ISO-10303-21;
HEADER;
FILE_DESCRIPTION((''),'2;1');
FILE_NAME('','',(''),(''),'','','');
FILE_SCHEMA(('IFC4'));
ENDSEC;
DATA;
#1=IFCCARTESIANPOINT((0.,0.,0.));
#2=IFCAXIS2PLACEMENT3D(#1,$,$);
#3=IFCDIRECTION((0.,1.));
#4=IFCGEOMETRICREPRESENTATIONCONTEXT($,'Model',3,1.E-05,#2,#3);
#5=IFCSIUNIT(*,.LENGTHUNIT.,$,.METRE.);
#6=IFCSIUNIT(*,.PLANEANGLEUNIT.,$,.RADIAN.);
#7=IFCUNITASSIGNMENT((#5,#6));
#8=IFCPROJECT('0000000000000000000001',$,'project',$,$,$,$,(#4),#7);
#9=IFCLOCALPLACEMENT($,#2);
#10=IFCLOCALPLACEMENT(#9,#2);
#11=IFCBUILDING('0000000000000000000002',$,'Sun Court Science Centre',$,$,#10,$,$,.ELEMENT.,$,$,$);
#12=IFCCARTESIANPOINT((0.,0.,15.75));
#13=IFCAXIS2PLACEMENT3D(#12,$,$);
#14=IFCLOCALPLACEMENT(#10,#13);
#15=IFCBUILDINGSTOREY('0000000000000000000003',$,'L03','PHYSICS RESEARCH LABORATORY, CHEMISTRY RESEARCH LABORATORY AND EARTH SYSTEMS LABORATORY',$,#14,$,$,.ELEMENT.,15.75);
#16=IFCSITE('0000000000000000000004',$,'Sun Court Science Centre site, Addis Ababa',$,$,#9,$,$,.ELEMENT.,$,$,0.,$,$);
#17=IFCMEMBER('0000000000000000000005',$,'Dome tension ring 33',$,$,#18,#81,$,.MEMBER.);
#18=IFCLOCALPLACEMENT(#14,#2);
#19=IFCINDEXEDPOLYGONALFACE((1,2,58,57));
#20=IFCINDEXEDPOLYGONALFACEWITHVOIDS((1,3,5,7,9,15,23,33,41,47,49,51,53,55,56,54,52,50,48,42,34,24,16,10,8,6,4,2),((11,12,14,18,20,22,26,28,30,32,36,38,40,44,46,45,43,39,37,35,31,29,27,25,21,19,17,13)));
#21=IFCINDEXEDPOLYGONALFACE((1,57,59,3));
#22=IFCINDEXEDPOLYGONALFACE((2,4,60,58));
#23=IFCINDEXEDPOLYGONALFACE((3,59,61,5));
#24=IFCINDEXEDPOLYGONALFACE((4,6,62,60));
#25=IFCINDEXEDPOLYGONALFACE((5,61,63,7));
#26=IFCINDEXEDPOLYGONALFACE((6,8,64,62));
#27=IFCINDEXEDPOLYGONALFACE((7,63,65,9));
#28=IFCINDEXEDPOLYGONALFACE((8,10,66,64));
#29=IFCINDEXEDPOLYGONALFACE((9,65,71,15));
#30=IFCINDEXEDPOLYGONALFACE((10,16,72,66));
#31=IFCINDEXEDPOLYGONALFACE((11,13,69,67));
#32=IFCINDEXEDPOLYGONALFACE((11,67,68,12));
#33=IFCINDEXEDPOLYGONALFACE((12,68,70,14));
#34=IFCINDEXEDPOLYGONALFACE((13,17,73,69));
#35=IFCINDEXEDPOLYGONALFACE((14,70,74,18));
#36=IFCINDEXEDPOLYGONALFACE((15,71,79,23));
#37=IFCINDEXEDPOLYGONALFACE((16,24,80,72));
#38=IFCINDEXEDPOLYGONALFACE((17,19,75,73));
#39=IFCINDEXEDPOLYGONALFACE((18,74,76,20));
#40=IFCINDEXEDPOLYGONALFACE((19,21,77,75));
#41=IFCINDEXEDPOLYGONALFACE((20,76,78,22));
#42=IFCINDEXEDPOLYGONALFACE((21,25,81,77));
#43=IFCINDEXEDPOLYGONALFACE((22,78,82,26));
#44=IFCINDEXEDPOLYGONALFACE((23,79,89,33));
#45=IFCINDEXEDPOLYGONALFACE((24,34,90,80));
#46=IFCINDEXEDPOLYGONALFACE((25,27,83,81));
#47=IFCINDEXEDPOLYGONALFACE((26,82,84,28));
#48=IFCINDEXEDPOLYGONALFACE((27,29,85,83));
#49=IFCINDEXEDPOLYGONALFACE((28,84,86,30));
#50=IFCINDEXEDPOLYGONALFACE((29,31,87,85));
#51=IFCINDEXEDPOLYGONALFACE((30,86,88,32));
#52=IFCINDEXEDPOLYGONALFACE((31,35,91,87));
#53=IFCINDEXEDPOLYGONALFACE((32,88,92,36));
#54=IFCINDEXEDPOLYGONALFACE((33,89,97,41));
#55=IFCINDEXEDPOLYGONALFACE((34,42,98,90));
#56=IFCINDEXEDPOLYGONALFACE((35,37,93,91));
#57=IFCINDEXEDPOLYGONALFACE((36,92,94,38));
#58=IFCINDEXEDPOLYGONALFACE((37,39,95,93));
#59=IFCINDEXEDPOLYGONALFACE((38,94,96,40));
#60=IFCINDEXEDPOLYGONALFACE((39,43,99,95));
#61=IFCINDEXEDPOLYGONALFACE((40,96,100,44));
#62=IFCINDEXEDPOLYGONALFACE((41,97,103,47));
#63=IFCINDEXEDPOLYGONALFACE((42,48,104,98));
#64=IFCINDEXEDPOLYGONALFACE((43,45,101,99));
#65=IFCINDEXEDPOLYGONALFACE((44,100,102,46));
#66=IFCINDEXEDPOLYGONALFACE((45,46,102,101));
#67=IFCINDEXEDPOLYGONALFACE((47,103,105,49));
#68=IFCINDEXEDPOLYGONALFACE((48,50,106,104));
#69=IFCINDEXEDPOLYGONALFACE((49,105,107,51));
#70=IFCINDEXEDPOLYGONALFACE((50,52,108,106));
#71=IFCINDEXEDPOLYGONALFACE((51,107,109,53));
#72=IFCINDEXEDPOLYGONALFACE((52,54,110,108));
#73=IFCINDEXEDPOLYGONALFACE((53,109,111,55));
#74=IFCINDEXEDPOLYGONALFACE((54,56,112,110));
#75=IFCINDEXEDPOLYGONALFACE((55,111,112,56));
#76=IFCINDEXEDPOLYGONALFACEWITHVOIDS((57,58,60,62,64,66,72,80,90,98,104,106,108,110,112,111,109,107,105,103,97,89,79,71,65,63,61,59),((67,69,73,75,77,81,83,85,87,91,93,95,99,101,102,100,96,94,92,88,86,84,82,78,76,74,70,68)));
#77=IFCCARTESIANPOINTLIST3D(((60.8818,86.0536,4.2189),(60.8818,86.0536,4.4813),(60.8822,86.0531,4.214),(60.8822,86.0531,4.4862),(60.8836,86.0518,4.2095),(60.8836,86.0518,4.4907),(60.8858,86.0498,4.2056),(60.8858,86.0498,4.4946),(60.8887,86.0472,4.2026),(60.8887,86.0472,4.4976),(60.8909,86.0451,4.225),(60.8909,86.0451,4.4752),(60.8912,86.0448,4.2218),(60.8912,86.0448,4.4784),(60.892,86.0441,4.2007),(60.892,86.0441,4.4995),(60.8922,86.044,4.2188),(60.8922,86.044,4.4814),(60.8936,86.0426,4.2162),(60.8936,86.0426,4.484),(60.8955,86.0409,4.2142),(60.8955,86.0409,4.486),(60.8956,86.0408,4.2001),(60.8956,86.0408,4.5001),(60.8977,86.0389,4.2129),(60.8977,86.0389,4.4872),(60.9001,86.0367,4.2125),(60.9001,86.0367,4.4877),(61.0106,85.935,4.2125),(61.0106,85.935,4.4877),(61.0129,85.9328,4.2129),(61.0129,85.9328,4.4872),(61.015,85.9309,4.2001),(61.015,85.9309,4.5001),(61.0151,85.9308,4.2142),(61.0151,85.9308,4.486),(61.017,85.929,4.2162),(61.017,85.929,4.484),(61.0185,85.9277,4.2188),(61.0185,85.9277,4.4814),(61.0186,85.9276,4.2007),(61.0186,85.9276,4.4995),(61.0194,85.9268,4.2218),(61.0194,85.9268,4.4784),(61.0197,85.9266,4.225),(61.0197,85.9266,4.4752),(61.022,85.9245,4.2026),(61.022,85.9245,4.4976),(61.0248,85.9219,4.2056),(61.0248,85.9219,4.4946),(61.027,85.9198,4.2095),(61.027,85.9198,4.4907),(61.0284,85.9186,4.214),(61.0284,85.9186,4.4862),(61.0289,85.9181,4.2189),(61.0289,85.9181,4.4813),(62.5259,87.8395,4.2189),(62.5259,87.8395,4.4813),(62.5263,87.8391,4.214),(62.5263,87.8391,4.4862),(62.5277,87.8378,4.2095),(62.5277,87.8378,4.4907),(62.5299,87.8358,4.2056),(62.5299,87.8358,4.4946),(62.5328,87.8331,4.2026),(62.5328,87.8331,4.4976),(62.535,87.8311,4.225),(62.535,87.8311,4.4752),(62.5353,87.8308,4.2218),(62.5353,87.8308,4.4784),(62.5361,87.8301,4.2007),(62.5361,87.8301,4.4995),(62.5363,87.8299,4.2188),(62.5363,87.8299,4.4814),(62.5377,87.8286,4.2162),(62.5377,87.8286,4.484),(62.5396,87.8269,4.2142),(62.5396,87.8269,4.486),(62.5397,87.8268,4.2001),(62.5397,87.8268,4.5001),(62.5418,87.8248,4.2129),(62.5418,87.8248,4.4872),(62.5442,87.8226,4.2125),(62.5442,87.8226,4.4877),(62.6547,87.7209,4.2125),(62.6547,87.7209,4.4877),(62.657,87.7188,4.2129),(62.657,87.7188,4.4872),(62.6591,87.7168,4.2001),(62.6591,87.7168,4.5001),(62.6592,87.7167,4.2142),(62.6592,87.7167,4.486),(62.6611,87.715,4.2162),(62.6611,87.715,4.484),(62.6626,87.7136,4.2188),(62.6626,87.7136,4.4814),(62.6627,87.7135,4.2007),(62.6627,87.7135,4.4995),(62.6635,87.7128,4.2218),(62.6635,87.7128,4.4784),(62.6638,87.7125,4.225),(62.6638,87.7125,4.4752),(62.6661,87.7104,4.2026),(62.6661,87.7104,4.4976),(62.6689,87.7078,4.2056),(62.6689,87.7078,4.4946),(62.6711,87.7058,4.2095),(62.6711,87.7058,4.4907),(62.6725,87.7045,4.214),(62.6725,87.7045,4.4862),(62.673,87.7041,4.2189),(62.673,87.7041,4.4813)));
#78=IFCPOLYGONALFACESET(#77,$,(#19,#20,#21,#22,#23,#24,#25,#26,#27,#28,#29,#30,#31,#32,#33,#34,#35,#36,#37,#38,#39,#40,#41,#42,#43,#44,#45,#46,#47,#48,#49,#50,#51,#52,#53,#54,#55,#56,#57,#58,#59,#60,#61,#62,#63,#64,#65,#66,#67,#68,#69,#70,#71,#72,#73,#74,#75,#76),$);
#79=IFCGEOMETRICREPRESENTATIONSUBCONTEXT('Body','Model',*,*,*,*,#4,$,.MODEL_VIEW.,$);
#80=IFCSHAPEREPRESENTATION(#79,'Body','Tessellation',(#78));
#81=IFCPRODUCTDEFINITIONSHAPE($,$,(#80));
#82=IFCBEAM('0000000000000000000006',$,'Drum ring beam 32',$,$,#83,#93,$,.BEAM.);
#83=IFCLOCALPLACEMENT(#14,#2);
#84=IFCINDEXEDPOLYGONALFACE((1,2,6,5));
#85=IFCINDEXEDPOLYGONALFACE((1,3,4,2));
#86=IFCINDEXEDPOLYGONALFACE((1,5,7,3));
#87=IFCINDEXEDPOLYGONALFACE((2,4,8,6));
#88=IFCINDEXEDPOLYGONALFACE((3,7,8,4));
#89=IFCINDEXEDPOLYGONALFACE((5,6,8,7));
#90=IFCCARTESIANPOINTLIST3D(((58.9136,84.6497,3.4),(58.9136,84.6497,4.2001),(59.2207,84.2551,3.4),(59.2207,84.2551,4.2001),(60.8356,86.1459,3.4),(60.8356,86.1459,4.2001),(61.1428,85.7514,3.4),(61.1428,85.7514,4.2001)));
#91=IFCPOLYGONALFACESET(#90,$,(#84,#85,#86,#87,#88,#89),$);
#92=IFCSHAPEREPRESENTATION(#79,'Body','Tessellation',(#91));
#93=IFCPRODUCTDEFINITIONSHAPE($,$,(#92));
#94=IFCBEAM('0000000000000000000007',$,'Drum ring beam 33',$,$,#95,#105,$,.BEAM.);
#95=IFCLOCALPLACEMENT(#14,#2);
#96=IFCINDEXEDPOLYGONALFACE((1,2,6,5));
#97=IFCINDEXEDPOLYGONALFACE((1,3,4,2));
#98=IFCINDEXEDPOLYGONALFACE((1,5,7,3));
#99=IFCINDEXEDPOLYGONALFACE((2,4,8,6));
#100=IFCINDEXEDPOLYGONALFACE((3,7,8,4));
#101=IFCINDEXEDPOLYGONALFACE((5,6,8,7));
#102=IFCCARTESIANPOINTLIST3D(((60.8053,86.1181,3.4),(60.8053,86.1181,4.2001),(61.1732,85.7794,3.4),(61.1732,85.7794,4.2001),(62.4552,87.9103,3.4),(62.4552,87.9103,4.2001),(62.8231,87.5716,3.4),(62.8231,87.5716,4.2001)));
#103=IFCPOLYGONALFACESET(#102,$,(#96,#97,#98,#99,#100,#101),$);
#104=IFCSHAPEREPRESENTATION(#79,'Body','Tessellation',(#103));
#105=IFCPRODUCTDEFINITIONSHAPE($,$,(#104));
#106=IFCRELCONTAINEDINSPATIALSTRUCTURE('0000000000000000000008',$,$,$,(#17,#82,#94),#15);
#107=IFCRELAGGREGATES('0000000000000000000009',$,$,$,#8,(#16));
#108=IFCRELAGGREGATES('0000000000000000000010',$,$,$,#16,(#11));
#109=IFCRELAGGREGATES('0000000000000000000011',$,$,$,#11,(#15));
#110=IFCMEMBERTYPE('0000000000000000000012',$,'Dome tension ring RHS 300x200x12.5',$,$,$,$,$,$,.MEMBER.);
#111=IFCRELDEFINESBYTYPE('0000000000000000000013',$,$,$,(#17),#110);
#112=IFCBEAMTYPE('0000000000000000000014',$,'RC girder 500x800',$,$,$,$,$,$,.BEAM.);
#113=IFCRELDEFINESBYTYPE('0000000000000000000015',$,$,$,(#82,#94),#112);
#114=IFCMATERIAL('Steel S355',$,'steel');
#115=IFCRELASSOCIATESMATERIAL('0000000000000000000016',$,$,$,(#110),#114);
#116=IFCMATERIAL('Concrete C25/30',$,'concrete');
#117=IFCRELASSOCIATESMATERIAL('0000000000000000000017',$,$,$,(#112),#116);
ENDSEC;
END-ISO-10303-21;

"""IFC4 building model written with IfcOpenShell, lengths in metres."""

from ifc_helpers import new_model, si_unit, direction, frame, origin, origin_2d, place, context, subcontext, project, spatial, rectangle, hollow_rectangle, extrude, material, material_profile, profile_set, type_object, element, save


model = new_model("IFC4")

# Units and contexts
model_context = context("Model", 3, precision=1e-05, world=origin(), true_north=direction((0.0, 1.0)))
body_context = subcontext(model_context, "Body", "Model", "MODEL_VIEW")
ifc_project = project(units=[si_unit("LENGTHUNIT", "METRE"), si_unit("PLANEANGLEUNIT", "RADIAN")], contexts=[model_context])

# Site, building, storey
site_placement = place(None, origin())
site = spatial("IfcSite", under=ifc_project, at=site_placement, Name="Sun Court Science Centre site, Addis Ababa", CompositionType="ELEMENT", RefElevation=0.0)
building_placement = place(site_placement, origin())
building = spatial("IfcBuilding", under=site, at=building_placement, Name="Sun Court Science Centre", CompositionType="ELEMENT")
storey_placement = place(building_placement, frame((0.0, 0.0, 15.75)))
storey = spatial("IfcBuildingStorey", under=building, at=storey_placement, Name="L03", Description="PHYSICS RESEARCH LABORATORY, CHEMISTRY RESEARCH LABORATORY AND EARTH SYSTEMS LABORATORY", CompositionType="ELEMENT", Elevation=15.75)

# Member
ifc_material_1 = material(Name="Steel S355", Category="steel")
ifc_material_profile_1 = material_profile(ifc_material_1, hollow_rectangle(XDim=0.2, YDim=0.3, WallThickness=0.0125, InnerFilletRadius=0.0125, OuterFilletRadius=0.0188, at=origin_2d()), Name="RHS 300x200x12.5")
ifc_profile_set_1 = profile_set([ifc_material_profile_1], Name="Steel S355")
member_type_1 = type_object("IfcMemberType", Name="Dome tension ring RHS 300x200x12.5", PredefinedType="MEMBER", material=ifc_profile_set_1)
member_1_placement = place(storey_placement, frame((60.9553, 85.9858, 4.3501), z_axis=(0.677285, 0.73572, 0.0), x_axis=(-0.73572, 0.677285, 0.0)))
element("IfcMember", 1, at=member_1_placement, inside=storey, type_object=member_type_1, Name="Dome tension ring 33", PredefinedType="MEMBER", context=body_context, shape_type="SweptSolid", body=[
    extrude(hollow_rectangle(XDim=0.2, YDim=0.3, WallThickness=0.0125, InnerFilletRadius=0.0125, OuterFilletRadius=0.0188, at=origin_2d()), origin(), (0.0, 0.0, 1.0), 2.4275),
])

# Beams
ifc_material_2 = material(Name="Concrete C25/30", Category="concrete")
ifc_material_profile_2 = material_profile(ifc_material_2, rectangle(XDim=0.5, YDim=0.8, at=origin_2d()), Name="RC 500x800")
ifc_profile_set_2 = profile_set([ifc_material_profile_2], Name="Concrete C25/30")
beam_type = type_object("IfcBeamType", Name="RC girder 500x800", PredefinedType="BEAM", material=ifc_profile_set_2)
beam_1_placement = place(storey_placement, frame((59.0671, 84.4524, 3.8), z_axis=(0.789082, 0.614287, 0.0), x_axis=(-0.614287, 0.789082, 0.0)))
element("IfcBeam", 2, at=beam_1_placement, inside=storey, type_object=beam_type, Name="Drum ring beam 32", PredefinedType="BEAM", context=body_context, shape_type="SweptSolid", body=[
    extrude(rectangle(XDim=0.5, YDim=0.8, at=origin_2d()), origin(), (0.0, 0.0, 1.0), 2.4358),
])
beam_2_placement = place(storey_placement, frame((60.9893, 85.9487, 3.8), z_axis=(0.677289, 0.735717, 0.0), x_axis=(-0.735717, 0.677289, 0.0)))
element("IfcBeam", 3, at=beam_2_placement, inside=storey, type_object=beam_type, Name="Drum ring beam 33", PredefinedType="BEAM", context=body_context, shape_type="SweptSolid", body=[
    extrude(rectangle(XDim=0.5, YDim=0.8, at=origin_2d()), origin(), (0.0, 0.0, 1.0), 2.436),
])

save(model, "model.ifc")
